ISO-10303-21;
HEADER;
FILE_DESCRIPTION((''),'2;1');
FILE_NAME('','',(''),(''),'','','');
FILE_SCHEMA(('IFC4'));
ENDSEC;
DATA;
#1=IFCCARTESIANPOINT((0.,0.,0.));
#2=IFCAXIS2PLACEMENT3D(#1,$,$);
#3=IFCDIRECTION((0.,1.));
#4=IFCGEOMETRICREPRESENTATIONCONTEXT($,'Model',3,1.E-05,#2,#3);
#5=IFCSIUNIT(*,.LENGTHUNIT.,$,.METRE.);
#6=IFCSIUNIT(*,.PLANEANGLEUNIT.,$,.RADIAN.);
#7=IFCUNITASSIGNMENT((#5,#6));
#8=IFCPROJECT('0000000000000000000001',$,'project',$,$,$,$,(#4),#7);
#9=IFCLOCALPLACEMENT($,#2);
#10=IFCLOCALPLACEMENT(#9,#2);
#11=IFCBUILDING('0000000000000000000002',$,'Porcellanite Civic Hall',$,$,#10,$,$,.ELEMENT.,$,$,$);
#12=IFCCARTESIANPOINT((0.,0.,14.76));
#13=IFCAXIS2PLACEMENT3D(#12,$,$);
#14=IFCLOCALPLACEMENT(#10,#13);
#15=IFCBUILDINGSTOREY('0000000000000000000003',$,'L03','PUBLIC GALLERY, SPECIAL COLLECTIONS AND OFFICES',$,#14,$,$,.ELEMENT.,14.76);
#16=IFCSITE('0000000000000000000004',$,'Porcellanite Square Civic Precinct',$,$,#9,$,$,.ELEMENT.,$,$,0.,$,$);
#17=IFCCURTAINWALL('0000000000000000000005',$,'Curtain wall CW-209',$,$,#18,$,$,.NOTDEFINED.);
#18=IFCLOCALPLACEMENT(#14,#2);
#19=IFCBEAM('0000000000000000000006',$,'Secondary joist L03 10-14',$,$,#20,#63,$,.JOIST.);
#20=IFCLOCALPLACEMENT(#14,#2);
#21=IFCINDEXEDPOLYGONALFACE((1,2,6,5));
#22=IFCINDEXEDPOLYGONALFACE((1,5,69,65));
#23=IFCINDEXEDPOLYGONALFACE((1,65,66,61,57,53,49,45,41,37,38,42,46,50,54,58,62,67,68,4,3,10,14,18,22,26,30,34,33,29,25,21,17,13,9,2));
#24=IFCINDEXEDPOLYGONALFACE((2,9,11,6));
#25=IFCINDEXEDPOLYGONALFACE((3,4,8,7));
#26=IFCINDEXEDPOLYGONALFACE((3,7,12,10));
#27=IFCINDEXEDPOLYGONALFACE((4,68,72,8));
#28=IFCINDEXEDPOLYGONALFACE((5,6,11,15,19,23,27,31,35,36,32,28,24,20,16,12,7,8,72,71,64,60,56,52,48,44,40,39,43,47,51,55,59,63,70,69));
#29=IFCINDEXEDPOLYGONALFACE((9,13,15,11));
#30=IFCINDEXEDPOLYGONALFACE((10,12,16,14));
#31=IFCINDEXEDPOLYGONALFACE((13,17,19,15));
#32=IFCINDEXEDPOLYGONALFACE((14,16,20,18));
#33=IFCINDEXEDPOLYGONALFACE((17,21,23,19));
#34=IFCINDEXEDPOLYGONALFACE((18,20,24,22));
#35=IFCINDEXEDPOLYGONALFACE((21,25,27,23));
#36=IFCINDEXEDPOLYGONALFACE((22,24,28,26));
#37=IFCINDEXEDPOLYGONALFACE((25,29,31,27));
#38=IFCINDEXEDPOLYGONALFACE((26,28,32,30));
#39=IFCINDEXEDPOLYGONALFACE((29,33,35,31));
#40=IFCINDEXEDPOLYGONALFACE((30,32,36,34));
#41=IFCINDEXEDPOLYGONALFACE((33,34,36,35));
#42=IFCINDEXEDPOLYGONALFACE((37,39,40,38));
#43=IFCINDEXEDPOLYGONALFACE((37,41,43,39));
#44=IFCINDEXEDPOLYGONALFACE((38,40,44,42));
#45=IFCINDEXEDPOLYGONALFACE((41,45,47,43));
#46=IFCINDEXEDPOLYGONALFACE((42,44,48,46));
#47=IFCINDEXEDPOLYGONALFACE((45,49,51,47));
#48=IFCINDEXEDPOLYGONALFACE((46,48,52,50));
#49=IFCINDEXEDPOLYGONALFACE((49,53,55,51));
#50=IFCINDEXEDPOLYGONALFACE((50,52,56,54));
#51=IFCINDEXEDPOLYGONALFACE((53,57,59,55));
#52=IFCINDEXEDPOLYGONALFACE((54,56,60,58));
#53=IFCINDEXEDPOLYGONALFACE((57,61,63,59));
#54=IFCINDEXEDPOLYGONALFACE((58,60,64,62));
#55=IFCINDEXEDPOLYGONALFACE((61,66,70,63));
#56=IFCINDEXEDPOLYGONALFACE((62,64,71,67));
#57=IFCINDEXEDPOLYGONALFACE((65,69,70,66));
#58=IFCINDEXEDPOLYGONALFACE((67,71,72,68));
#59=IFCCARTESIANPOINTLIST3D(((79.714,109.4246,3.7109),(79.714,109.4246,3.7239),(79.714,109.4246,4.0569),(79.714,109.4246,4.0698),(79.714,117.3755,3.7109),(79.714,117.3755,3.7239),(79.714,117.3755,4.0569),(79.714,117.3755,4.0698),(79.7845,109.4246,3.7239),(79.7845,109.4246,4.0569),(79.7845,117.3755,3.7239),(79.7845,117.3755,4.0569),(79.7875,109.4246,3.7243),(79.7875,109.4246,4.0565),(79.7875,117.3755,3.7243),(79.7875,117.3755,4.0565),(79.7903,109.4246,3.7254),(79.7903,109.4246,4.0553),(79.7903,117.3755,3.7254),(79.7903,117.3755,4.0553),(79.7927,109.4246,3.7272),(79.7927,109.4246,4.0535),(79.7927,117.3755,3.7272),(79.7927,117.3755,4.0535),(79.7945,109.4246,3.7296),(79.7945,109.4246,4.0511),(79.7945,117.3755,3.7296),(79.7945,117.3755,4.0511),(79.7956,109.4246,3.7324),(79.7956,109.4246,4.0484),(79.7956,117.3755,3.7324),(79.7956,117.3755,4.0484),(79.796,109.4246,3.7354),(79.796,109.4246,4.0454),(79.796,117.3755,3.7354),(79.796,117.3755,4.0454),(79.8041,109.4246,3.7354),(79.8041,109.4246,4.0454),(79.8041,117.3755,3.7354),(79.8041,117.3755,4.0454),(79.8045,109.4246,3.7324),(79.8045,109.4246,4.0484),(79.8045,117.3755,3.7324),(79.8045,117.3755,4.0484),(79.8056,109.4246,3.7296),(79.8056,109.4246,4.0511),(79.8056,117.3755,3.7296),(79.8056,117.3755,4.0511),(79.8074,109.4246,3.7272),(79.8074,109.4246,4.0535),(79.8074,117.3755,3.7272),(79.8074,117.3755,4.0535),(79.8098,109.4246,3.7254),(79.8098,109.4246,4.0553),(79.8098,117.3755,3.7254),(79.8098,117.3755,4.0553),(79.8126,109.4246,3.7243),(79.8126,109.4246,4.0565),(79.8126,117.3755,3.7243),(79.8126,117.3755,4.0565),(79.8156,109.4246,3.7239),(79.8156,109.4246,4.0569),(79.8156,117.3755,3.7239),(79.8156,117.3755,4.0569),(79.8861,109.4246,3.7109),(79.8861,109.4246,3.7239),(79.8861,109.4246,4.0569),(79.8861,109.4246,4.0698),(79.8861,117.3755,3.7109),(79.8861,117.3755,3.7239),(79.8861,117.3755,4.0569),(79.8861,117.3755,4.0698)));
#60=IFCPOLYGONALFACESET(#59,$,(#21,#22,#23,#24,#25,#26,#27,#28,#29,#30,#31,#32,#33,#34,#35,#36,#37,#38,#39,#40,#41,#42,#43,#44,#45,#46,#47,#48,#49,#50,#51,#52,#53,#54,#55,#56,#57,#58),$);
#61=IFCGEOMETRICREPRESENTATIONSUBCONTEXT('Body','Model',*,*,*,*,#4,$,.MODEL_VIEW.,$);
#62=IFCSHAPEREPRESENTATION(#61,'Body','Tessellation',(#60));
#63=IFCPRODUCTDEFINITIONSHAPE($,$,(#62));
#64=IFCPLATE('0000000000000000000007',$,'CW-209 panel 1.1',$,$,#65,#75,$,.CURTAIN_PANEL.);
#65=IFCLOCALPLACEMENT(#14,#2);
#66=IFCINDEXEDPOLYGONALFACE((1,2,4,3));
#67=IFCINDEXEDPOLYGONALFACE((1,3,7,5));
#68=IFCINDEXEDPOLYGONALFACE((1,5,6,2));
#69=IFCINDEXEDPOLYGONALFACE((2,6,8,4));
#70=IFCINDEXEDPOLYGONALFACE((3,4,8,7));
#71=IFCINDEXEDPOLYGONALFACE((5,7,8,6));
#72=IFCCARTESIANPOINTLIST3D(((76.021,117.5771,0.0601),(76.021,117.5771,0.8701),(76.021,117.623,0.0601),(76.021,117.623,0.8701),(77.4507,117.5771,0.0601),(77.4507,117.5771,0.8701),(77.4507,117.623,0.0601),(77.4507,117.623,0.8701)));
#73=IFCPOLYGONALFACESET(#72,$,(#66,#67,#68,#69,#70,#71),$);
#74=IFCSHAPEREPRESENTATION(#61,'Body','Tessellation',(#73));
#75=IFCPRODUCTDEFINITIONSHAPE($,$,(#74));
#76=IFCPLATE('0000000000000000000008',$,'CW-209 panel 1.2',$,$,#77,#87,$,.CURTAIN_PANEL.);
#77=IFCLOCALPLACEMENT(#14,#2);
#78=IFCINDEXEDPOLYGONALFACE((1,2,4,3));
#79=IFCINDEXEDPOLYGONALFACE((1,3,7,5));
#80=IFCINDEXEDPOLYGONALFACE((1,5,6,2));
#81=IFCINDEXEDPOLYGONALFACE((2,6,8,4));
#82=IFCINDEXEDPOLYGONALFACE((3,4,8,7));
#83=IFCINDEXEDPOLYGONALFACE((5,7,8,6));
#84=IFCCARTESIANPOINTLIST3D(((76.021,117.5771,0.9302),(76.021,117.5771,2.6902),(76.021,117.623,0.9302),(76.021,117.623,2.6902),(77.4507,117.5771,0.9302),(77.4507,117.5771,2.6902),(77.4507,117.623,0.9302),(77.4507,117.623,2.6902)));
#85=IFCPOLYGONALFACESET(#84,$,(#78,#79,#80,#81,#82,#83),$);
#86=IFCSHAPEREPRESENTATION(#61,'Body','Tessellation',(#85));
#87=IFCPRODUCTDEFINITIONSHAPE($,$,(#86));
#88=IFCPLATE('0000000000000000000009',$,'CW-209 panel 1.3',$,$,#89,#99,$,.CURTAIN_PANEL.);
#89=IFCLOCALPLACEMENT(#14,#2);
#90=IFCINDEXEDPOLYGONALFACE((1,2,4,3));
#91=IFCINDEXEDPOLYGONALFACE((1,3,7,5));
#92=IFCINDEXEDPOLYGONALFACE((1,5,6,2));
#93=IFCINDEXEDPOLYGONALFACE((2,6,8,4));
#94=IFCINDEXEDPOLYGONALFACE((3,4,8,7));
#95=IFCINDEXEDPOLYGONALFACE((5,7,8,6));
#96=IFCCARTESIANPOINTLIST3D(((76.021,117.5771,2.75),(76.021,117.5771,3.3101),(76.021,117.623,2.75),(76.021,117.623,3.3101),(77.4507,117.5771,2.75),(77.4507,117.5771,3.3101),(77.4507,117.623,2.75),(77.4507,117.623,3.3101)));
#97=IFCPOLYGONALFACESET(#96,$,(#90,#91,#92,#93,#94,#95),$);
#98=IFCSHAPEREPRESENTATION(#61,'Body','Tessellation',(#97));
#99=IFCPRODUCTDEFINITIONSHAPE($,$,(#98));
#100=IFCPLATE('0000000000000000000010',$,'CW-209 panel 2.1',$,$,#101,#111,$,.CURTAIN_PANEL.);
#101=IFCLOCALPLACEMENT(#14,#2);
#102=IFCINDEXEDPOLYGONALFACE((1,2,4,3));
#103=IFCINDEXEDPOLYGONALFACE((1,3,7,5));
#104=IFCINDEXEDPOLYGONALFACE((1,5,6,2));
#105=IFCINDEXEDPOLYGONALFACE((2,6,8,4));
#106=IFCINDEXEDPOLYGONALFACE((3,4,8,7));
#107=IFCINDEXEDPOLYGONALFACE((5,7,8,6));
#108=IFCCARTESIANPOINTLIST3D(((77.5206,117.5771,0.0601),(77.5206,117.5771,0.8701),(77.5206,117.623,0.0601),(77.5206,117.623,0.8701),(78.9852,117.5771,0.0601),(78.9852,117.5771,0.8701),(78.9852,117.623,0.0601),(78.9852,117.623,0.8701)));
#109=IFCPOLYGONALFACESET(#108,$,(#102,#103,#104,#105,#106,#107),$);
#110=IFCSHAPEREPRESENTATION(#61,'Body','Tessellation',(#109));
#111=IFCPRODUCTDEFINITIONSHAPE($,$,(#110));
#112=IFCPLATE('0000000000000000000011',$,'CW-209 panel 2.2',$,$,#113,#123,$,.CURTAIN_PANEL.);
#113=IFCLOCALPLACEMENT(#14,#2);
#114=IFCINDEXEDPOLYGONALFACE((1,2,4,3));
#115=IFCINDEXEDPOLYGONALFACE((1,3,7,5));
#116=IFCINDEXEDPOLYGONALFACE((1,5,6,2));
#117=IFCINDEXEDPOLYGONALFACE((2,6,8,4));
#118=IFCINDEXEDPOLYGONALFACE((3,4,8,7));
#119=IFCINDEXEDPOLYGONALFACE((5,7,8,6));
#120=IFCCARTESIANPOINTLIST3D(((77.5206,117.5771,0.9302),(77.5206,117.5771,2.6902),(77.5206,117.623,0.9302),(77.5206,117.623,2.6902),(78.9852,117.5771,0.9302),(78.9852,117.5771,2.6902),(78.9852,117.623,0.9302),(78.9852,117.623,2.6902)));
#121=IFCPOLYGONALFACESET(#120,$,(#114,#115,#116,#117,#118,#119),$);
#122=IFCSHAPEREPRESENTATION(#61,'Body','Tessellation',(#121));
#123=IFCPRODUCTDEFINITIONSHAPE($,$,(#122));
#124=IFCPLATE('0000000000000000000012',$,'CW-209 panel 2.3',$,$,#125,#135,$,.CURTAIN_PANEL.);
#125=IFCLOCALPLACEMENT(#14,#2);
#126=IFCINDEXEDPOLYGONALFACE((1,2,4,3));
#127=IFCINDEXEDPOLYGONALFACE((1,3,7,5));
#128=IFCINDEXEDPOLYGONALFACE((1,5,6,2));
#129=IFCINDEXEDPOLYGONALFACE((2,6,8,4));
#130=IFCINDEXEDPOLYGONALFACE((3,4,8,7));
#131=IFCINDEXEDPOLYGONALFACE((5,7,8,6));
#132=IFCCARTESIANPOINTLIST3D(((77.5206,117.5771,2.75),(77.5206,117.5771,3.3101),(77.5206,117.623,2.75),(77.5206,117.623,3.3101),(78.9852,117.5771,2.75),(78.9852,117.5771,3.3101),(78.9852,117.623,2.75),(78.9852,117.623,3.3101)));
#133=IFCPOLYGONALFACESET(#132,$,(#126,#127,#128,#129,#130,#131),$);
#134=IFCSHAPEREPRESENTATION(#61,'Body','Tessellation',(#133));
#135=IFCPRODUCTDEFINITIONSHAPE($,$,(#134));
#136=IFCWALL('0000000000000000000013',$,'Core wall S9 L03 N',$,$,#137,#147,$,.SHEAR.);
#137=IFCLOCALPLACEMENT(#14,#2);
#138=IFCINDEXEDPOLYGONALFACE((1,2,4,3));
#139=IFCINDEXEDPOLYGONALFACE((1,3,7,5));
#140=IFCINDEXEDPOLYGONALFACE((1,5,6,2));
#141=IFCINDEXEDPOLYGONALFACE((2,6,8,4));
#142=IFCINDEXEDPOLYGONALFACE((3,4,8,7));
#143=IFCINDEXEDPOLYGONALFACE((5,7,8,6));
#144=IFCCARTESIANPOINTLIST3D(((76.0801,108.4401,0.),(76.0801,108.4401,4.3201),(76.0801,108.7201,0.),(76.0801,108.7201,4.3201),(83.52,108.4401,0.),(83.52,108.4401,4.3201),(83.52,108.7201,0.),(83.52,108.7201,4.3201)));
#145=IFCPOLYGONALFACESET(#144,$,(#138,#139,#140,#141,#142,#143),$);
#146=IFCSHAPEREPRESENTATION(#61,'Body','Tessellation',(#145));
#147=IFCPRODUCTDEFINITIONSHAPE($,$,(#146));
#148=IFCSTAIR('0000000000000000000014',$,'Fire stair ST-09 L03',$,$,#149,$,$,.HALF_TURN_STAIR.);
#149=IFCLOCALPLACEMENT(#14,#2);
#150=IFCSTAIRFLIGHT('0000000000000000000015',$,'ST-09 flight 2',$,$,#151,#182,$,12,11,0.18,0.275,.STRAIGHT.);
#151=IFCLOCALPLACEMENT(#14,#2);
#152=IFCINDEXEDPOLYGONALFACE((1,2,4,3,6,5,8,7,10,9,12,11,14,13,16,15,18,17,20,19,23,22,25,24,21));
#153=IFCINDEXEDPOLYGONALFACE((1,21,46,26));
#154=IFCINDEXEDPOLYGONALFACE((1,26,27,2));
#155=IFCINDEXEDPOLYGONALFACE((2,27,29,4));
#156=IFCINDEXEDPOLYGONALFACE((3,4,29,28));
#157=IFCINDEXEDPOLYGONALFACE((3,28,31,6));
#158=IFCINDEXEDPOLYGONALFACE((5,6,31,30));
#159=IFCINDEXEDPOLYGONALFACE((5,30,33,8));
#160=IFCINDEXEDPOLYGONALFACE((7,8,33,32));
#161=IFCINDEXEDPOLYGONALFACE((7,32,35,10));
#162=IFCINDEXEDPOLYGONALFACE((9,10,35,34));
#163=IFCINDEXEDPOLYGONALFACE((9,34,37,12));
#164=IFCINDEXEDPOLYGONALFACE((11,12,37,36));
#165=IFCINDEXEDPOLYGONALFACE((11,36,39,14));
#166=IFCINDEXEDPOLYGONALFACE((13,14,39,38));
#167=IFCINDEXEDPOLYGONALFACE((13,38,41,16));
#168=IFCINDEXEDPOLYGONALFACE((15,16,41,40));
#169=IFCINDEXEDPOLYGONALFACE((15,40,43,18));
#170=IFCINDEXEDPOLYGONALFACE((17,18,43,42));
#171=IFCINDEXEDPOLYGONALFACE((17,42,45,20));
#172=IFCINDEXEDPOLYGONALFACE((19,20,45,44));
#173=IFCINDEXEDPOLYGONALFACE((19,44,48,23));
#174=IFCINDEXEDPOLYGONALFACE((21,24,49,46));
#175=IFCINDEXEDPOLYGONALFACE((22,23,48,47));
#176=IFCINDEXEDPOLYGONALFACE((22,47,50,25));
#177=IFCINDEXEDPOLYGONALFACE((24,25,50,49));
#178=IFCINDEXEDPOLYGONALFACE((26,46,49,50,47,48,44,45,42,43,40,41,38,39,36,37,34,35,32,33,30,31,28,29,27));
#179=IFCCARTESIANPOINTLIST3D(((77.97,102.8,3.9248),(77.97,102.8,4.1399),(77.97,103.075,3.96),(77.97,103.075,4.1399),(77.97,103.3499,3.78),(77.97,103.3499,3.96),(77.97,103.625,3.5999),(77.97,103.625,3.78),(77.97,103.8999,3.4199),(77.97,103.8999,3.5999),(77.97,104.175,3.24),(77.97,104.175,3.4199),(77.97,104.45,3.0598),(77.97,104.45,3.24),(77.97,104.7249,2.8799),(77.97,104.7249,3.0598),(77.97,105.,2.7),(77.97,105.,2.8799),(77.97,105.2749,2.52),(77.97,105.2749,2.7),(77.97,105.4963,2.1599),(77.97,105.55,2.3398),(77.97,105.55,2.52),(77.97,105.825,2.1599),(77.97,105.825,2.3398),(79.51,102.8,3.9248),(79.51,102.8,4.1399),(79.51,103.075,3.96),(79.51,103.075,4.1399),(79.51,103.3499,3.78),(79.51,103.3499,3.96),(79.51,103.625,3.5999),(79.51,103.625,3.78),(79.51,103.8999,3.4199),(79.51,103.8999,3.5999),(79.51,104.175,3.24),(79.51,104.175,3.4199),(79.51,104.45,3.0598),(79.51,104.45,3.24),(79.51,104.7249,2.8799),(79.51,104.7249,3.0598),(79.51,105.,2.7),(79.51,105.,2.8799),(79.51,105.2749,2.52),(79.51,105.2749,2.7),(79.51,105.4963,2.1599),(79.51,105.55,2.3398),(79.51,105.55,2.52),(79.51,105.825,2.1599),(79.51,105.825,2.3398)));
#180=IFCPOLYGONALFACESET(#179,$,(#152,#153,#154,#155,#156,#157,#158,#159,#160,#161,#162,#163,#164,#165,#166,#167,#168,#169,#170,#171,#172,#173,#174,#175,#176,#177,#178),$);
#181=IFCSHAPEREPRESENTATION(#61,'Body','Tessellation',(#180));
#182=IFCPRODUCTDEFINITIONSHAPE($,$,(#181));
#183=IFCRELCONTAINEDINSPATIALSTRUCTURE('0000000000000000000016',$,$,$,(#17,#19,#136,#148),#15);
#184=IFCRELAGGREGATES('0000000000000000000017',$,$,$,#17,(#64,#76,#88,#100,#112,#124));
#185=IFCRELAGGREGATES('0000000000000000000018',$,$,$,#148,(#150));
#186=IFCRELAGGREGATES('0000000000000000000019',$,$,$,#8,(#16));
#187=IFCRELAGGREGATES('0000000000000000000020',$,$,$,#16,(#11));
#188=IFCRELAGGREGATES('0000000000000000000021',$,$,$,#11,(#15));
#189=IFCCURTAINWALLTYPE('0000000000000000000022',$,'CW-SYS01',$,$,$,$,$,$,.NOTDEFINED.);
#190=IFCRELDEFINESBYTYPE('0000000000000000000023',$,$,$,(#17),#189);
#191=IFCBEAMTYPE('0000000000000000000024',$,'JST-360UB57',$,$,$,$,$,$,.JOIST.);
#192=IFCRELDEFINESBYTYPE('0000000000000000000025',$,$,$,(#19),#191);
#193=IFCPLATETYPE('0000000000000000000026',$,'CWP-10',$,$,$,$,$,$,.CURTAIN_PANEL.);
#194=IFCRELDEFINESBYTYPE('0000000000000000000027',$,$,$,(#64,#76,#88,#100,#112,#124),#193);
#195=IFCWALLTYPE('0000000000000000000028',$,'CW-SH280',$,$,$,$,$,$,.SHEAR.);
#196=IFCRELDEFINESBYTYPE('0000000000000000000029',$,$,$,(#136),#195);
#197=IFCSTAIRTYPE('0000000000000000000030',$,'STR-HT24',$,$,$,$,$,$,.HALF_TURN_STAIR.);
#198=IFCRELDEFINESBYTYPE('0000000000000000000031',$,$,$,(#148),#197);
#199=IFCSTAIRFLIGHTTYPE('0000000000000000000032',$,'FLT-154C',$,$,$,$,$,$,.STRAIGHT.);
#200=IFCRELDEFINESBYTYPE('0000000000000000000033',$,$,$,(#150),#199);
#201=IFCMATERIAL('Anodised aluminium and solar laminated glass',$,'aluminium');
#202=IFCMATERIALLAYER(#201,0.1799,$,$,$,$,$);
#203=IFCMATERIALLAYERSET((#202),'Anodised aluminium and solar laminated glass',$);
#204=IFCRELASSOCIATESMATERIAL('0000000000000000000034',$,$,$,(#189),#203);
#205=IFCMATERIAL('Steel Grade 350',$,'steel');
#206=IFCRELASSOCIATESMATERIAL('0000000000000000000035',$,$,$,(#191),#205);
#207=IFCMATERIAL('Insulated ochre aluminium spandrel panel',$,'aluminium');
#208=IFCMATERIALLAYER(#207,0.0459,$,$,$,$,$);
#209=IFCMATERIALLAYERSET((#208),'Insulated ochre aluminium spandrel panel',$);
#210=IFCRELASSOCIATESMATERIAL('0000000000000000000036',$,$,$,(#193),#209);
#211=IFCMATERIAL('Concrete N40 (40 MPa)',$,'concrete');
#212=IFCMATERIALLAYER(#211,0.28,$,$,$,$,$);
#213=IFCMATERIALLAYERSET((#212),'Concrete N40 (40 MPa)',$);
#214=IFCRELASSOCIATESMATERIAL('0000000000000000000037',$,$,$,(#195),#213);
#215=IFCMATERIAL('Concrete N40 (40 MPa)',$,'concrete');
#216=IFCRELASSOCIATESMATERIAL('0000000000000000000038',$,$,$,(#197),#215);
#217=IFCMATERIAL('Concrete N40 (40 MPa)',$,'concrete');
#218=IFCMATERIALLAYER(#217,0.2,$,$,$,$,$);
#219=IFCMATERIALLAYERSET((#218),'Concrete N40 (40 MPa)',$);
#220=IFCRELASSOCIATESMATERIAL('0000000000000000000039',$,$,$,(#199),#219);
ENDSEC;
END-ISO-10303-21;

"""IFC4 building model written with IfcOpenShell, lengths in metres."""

from ifc_helpers import new_model, si_unit, direction, frame, frame_2d, origin, origin_2d, place, context, subcontext, project, spatial, polyline, rectangle, i_section, outline, extrude, material, layer, layer_set, material_profile, profile_set, type_object, element, aggregate, save


model = new_model("IFC4")

# Units and contexts
model_context = context("Model", 3, precision=1e-05, world=origin(), true_north=direction((0.0, 1.0)))
body_context = subcontext(model_context, "Body", "Model", "MODEL_VIEW")
ifc_project = project(units=[si_unit("LENGTHUNIT", "METRE"), si_unit("PLANEANGLEUNIT", "RADIAN")], contexts=[model_context])

# Site, building, storey
site_placement = place(None, origin())
site = spatial("IfcSite", under=ifc_project, at=site_placement, Name="Porcellanite Square Civic Precinct", CompositionType="ELEMENT", RefElevation=0.0)
building_placement = place(site_placement, origin())
building = spatial("IfcBuilding", under=site, at=building_placement, Name="Porcellanite Civic Hall", CompositionType="ELEMENT")
storey_placement = place(building_placement, frame((0.0, 0.0, 14.76)))
storey = spatial("IfcBuildingStorey", under=building, at=storey_placement, Name="L03", Description="PUBLIC GALLERY, SPECIAL COLLECTIONS AND OFFICES", CompositionType="ELEMENT", Elevation=14.76)

# Curtain wall
ifc_material_1 = material(Name="Anodised aluminium and solar laminated glass", Category="aluminium")
ifc_layer_1 = layer(ifc_material_1, 0.1799)
ifc_layer_set_1 = layer_set([ifc_layer_1], Name="Anodised aluminium and solar laminated glass")
curtain_wall_type = type_object("IfcCurtainWallType", Name="CW-SYS01", PredefinedType="NOTDEFINED", material=ifc_layer_set_1)
curtain_wall_placement = place(storey_placement, origin())
curtain_wall = element("IfcCurtainWall", 1, at=curtain_wall_placement, inside=storey, type_object=curtain_wall_type, Name="Curtain wall CW-209", PredefinedType="NOTDEFINED")

# Beam
ifc_material_2 = material(Name="Steel Grade 350", Category="steel")
ifc_material_profile_1 = material_profile(ifc_material_2, i_section(OverallWidth=0.1721, OverallDepth=0.3589, WebThickness=0.0081, FlangeThickness=0.0129, FilletRadius=0.0115, at=origin_2d()), Name="360UB56.7")
ifc_profile_set_1 = profile_set([ifc_material_profile_1], Name="Steel Grade 350")
beam_type_1 = type_object("IfcBeamType", Name="JST-360UB57", PredefinedType="JOIST", material=ifc_profile_set_1)
beam_1_placement = place(storey_placement, frame((79.8, 109.4246, 3.8904), z_axis=(0.0, 1.0, 0.0), x_axis=(-1.0, 0.0, 0.0)))
element("IfcBeam", 2, at=beam_1_placement, inside=storey, type_object=beam_type_1, Name="Secondary joist L03 10-14", PredefinedType="JOIST", context=body_context, shape_type="SweptSolid", body=[
    extrude(i_section(OverallWidth=0.1721, OverallDepth=0.3589, WebThickness=0.0081, FlangeThickness=0.0129, FilletRadius=0.0115, at=origin_2d()), origin(), (0.0, 0.0, 1.0), 7.9509),
])

# Plates
ifc_material_3 = material(Name="Insulated ochre aluminium spandrel panel", Category="aluminium")
ifc_layer_2 = layer(ifc_material_3, 0.0459)
ifc_layer_set_2 = layer_set([ifc_layer_2], Name="Insulated ochre aluminium spandrel panel")
plate_type = type_object("IfcPlateType", Name="CWP-10", PredefinedType="CURTAIN_PANEL", material=ifc_layer_set_2)
plate_1_placement = place(storey_placement, frame((76.7358, 117.6001, 0.0601), z_axis=(0.0, 0.0, 1.0), x_axis=(1.0, 0.0, 0.0)))
plate_1 = element("IfcPlate", 3, at=plate_1_placement, type_object=plate_type, Name="CW-209 panel 1.1", PredefinedType="CURTAIN_PANEL", context=body_context, shape_type="SweptSolid", body=[
    extrude(rectangle(XDim=1.4297, YDim=0.0459, at=origin_2d()), origin(), (0.0, 0.0, 1.0), 0.8101),
])
plate_2_placement = place(storey_placement, frame((76.7358, 117.6001, 0.9302), z_axis=(0.0, 0.0, 1.0), x_axis=(1.0, 0.0, 0.0)))
plate_2 = element("IfcPlate", 4, at=plate_2_placement, type_object=plate_type, Name="CW-209 panel 1.2", PredefinedType="CURTAIN_PANEL", context=body_context, shape_type="SweptSolid", body=[
    extrude(rectangle(XDim=1.4297, YDim=0.0459, at=origin_2d()), origin(), (0.0, 0.0, 1.0), 1.76),
])
plate_3_placement = place(storey_placement, frame((76.7358, 117.6001, 2.75), z_axis=(0.0, 0.0, 1.0), x_axis=(1.0, 0.0, 0.0)))
plate_3 = element("IfcPlate", 5, at=plate_3_placement, type_object=plate_type, Name="CW-209 panel 1.3", PredefinedType="CURTAIN_PANEL", context=body_context, shape_type="SweptSolid", body=[
    extrude(rectangle(XDim=1.4297, YDim=0.0459, at=origin_2d()), origin(), (0.0, 0.0, 1.0), 0.5601),
])
plate_4_placement = place(storey_placement, frame((78.2529, 117.6001, 0.0601), z_axis=(0.0, 0.0, 1.0), x_axis=(1.0, 0.0, 0.0)))
plate_4 = element("IfcPlate", 6, at=plate_4_placement, type_object=plate_type, Name="CW-209 panel 2.1", PredefinedType="CURTAIN_PANEL", context=body_context, shape_type="SweptSolid", body=[
    extrude(rectangle(XDim=1.4646, YDim=0.0459, at=origin_2d()), origin(), (0.0, 0.0, 1.0), 0.8101),
])
plate_5_placement = place(storey_placement, frame((78.2529, 117.6001, 0.9302), z_axis=(0.0, 0.0, 1.0), x_axis=(1.0, 0.0, 0.0)))
plate_5 = element("IfcPlate", 7, at=plate_5_placement, type_object=plate_type, Name="CW-209 panel 2.2", PredefinedType="CURTAIN_PANEL", context=body_context, shape_type="SweptSolid", body=[
    extrude(rectangle(XDim=1.4646, YDim=0.0459, at=origin_2d()), origin(), (0.0, 0.0, 1.0), 1.76),
])
plate_6_placement = place(storey_placement, frame((78.2529, 117.6001, 2.75), z_axis=(0.0, 0.0, 1.0), x_axis=(1.0, 0.0, 0.0)))
plate_6 = element("IfcPlate", 8, at=plate_6_placement, type_object=plate_type, Name="CW-209 panel 2.3", PredefinedType="CURTAIN_PANEL", context=body_context, shape_type="SweptSolid", body=[
    extrude(rectangle(XDim=1.4646, YDim=0.0459, at=origin_2d()), origin(), (0.0, 0.0, 1.0), 0.5601),
])
aggregate(curtain_wall, [plate_1, plate_2, plate_3, plate_4, plate_5, plate_6])

# Wall
ifc_material_4 = material(Name="Concrete N40 (40 MPa)", Category="concrete")
ifc_layer_3 = layer(ifc_material_4, 0.28)
ifc_layer_set_3 = layer_set([ifc_layer_3], Name="Concrete N40 (40 MPa)")
wall_type = type_object("IfcWallType", Name="CW-SH280", PredefinedType="SHEAR", material=ifc_layer_set_3)
wall_placement = place(storey_placement, frame((76.0801, 108.5801, 0.0), z_axis=(0.0, 0.0, 1.0), x_axis=(1.0, 0.0, 0.0)))
element("IfcWall", 9, at=wall_placement, inside=storey, type_object=wall_type, Name="Core wall S9 L03 N", PredefinedType="SHEAR", context=body_context, shape_type="SweptSolid", body=[
    extrude(rectangle(XDim=7.4399, YDim=0.28, at=frame_2d((3.72, 0.0))), origin(), (0.0, 0.0, 1.0), 4.3201),
])

# Stair, stair flight
ifc_material_5 = material(Name="Concrete N40 (40 MPa)", Category="concrete")
stair_type = type_object("IfcStairType", Name="STR-HT24", PredefinedType="HALF_TURN_STAIR", material=ifc_material_5)
stair_placement = place(storey_placement, origin())
stair = element("IfcStair", 10, at=stair_placement, inside=storey, type_object=stair_type, Name="Fire stair ST-09 L03", PredefinedType="HALF_TURN_STAIR")
ifc_material_6 = material(Name="Concrete N40 (40 MPa)", Category="concrete")
ifc_layer_4 = layer(ifc_material_6, 0.2)
ifc_layer_set_4 = layer_set([ifc_layer_4], Name="Concrete N40 (40 MPa)")
stair_flight_type = type_object("IfcStairFlightType", Name="FLT-154C", PredefinedType="STRAIGHT", material=ifc_layer_set_4)
stair_flight_placement = place(storey_placement, frame((78.74, 105.825, 2.1599), z_axis=(0.0, 0.0, 1.0), x_axis=(0.0, -1.0, 0.0)))
stair_flight = element("IfcStairFlight", 11, at=stair_flight_placement, type_object=stair_flight_type, Name="ST-09 flight 2", NumberOfRisers=12, NumberOfTreads=11, PredefinedType="STRAIGHT", RiserHeight=0.18, TreadLength=0.275, context=body_context, shape_type="SweptSolid", body=[
    extrude(outline(polyline([(0.0, 0.0), (0.0, 0.1799), (0.2749, 0.1799), (0.2749, 0.3601), (0.55, 0.3601), (0.55, 0.54), (0.825, 0.54), (0.825, 0.72), (1.1001, 0.72), (1.1001, 0.8999), (1.375, 0.8999), (1.375, 1.0801), (1.6499, 1.0801), (1.6499, 1.26), (1.925, 1.26), (1.925, 1.4399), (2.2, 1.4399), (2.2, 1.6201), (2.4751, 1.6201), (2.4751, 1.8), (2.75, 1.8), (2.75, 1.98), (3.0249, 1.98), (3.0249, 2.1599), (3.0249, 1.7649), (0.3286, 0.0), (0.0, 0.0)])), frame((0.0, 0.77, 0.0), z_axis=(0.0, -1.0, 0.0), x_axis=(1.0, 0.0, 0.0)), (0.0, 0.0, 1.0), 1.54),
])
aggregate(stair, [stair_flight])

save(model, "model.ifc")
